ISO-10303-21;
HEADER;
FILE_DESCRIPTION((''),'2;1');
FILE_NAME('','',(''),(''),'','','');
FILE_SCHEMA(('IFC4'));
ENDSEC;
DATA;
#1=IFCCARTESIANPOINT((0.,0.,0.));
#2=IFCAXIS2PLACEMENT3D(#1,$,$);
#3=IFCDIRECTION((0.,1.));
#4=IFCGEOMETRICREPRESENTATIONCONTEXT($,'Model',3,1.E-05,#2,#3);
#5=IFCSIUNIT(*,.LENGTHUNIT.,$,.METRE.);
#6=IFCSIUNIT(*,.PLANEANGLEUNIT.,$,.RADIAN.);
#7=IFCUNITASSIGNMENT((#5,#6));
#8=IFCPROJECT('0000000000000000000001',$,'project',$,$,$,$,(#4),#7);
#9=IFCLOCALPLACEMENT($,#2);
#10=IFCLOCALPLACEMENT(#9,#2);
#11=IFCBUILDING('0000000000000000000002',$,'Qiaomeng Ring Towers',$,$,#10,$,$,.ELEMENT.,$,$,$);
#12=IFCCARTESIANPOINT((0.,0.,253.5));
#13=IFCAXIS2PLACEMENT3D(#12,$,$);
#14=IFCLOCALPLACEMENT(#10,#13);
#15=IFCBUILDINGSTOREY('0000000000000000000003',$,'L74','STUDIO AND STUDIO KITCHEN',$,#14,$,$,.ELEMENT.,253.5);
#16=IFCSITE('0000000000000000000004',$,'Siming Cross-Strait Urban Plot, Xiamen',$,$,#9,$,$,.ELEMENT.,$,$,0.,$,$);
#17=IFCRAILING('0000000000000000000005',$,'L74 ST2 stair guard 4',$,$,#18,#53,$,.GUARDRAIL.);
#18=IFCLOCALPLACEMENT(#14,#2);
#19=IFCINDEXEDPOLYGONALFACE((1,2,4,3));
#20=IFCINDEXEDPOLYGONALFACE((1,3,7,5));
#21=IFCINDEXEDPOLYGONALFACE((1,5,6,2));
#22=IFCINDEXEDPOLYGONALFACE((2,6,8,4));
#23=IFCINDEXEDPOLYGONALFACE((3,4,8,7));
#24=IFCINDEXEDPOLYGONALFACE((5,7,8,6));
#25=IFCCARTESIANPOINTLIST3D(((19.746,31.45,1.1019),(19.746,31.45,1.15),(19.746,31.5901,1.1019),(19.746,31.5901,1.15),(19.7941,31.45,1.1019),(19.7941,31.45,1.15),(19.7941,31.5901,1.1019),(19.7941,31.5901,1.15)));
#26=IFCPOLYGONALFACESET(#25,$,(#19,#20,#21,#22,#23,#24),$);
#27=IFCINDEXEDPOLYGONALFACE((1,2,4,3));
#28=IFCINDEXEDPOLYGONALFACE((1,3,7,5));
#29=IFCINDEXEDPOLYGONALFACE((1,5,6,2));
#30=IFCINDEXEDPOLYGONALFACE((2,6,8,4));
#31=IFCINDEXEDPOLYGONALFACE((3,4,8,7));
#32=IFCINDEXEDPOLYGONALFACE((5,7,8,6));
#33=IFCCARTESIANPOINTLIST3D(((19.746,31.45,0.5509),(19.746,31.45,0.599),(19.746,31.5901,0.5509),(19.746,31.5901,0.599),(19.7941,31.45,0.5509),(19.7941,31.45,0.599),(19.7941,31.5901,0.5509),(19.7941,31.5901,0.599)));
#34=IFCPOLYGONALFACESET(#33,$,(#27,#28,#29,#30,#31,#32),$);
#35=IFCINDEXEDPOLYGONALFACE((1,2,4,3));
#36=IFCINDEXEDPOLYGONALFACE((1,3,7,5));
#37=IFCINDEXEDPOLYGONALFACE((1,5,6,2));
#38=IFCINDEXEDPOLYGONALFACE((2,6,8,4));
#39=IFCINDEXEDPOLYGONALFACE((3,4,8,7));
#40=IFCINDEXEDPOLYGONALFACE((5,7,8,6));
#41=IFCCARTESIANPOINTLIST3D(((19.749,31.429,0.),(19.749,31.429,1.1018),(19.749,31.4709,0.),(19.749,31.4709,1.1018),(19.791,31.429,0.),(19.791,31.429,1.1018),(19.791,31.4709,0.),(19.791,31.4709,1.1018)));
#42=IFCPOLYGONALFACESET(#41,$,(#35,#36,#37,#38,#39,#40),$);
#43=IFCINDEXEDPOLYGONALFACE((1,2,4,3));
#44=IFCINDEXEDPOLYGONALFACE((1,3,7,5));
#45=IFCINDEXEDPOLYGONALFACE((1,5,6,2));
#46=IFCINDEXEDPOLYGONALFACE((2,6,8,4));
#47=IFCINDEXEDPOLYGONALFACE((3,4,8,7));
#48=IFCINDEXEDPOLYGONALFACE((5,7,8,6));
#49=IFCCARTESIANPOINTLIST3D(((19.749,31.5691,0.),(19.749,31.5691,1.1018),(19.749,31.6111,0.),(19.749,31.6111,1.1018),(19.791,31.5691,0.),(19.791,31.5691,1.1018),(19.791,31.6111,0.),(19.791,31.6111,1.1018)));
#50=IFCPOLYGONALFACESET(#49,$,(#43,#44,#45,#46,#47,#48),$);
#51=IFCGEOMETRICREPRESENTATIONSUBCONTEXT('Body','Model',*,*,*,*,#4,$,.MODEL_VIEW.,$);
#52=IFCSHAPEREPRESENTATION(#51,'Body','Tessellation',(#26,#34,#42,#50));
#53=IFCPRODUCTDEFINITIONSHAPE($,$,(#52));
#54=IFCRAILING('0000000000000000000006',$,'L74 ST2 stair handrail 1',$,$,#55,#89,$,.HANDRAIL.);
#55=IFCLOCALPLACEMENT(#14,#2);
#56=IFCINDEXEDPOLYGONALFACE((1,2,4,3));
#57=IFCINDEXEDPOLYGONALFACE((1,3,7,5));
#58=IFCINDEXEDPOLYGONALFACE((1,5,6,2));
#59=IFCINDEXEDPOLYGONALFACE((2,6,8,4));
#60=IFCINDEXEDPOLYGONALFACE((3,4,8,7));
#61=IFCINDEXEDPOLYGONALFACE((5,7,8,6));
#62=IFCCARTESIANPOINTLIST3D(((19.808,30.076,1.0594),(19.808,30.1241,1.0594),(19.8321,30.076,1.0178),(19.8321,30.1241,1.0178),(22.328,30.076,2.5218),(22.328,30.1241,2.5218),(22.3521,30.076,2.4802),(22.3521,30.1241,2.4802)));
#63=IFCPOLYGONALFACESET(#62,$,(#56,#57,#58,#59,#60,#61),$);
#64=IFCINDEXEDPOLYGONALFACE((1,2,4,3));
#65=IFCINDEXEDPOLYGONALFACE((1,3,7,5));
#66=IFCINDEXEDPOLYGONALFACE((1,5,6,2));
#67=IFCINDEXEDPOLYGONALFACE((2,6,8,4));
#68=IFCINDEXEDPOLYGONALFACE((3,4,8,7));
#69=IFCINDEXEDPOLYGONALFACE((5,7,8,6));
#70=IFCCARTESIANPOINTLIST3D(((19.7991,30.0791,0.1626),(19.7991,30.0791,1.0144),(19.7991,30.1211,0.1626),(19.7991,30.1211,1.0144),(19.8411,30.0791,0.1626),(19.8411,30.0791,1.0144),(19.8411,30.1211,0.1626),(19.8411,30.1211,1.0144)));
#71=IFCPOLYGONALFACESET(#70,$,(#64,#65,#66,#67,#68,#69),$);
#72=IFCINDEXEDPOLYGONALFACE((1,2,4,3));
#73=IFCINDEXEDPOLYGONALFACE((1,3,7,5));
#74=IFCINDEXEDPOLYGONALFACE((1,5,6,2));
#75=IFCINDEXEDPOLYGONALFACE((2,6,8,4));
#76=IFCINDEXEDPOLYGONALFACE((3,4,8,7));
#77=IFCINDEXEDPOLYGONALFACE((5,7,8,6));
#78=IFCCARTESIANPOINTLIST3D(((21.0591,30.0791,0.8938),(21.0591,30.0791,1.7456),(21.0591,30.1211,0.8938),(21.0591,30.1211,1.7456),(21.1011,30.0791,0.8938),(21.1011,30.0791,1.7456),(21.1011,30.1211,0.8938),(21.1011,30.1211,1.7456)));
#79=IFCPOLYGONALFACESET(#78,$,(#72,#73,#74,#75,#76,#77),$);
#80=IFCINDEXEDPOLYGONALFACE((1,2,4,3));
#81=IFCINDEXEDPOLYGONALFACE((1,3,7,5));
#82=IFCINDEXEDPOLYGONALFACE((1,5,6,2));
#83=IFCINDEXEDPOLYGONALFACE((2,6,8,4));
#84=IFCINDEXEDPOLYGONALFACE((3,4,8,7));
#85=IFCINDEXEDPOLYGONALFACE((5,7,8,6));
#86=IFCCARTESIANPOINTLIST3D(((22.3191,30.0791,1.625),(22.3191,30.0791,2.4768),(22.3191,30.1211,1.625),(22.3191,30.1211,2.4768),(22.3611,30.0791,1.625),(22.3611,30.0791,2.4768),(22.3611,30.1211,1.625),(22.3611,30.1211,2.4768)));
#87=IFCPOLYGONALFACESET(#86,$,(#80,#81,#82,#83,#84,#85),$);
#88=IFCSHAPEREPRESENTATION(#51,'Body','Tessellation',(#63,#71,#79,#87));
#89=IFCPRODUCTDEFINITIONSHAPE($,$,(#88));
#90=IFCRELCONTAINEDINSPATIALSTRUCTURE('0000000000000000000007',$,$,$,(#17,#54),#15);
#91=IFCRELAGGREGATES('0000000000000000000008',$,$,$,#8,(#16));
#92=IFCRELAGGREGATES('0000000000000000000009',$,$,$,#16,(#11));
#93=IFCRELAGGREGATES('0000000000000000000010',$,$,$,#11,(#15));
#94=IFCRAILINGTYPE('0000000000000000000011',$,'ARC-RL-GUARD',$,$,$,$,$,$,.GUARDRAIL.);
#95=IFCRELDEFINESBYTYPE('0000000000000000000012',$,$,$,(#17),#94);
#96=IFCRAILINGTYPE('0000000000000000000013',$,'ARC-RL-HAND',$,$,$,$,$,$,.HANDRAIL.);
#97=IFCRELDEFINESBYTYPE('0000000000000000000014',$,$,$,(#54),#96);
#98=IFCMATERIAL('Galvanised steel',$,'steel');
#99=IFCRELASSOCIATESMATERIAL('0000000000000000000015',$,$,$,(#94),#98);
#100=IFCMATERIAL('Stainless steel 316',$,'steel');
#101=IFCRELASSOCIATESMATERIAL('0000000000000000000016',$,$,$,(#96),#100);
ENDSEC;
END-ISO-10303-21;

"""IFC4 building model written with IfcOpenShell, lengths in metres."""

from ifc_helpers import new_model, si_unit, direction, frame, origin, origin_2d, place, context, subcontext, project, spatial, rectangle, extrude, material, type_object, element, save


model = new_model("IFC4")

# Units and contexts
model_context = context("Model", 3, precision=1e-05, world=origin(), true_north=direction((0.0, 1.0)))
body_context = subcontext(model_context, "Body", "Model", "MODEL_VIEW")
ifc_project = project(units=[si_unit("LENGTHUNIT", "METRE"), si_unit("PLANEANGLEUNIT", "RADIAN")], contexts=[model_context])

# Site, building, storey
site_placement = place(None, origin())
site = spatial("IfcSite", under=ifc_project, at=site_placement, Name="Siming Cross-Strait Urban Plot, Xiamen", CompositionType="ELEMENT", RefElevation=0.0)
building_placement = place(site_placement, origin())
building = spatial("IfcBuilding", under=site, at=building_placement, Name="Qiaomeng Ring Towers", CompositionType="ELEMENT")
storey_placement = place(building_placement, frame((0.0, 0.0, 253.5)))
storey = spatial("IfcBuildingStorey", under=building, at=storey_placement, Name="L74", Description="STUDIO AND STUDIO KITCHEN", CompositionType="ELEMENT", Elevation=253.5)

# Railings
ifc_material_1 = material(Name="Galvanised steel", Category="steel")
railing_type_1 = type_object("IfcRailingType", Name="ARC-RL-GUARD", PredefinedType="GUARDRAIL", material=ifc_material_1)
railing_1_placement = place(storey_placement, frame((19.77, 31.45, 0.0)))
element("IfcRailing", 1, at=railing_1_placement, inside=storey, type_object=railing_type_1, Name="L74 ST2 stair guard 4", PredefinedType="GUARDRAIL", context=body_context, shape_type="SweptSolid", body=[
    extrude(rectangle(XDim=0.0481, YDim=0.0481, at=origin_2d()), frame((0.0, 0.0, 1.126), z_axis=(0.0, 1.0, 0.0), x_axis=(-1.0, 0.0, 0.0)), (0.0, 0.0, 1.0), 0.1401),
    extrude(rectangle(XDim=0.0481, YDim=0.0481, at=origin_2d()), frame((0.0, 0.0, 0.575), z_axis=(0.0, 1.0, 0.0), x_axis=(-1.0, 0.0, 0.0)), (0.0, 0.0, 1.0), 0.1401),
    extrude(rectangle(XDim=0.042, YDim=0.042, at=origin_2d()), origin(), (0.0, 0.0, 1.0), 1.1018),
    extrude(rectangle(XDim=0.042, YDim=0.042, at=origin_2d()), frame((0.0, 0.1401, 0.0)), (0.0, 0.0, 1.0), 1.1018),
])
ifc_material_2 = material(Name="Stainless steel 316", Category="steel")
railing_type_2 = type_object("IfcRailingType", Name="ARC-RL-HAND", PredefinedType="HANDRAIL", material=ifc_material_2)
railing_2_placement = place(storey_placement, frame((19.8201, 30.1001, 0.1626)))
element("IfcRailing", 2, at=railing_2_placement, inside=storey, type_object=railing_type_2, Name="L74 ST2 stair handrail 1", PredefinedType="HANDRAIL", context=body_context, shape_type="SweptSolid", body=[
    extrude(rectangle(XDim=0.0481, YDim=0.0481, at=origin_2d()), frame((0.0, 0.0, 0.876), z_axis=(0.864913, 0.0, 0.501921), x_axis=(0.0, 1.0, 0.0)), (0.0, 0.0, 1.0), 2.9136),
    extrude(rectangle(XDim=0.042, YDim=0.042, at=origin_2d()), origin(), (0.0, 0.0, 1.0), 0.8518),
    extrude(rectangle(XDim=0.042, YDim=0.042, at=origin_2d()), frame((1.26, 0.0, 0.7312)), (0.0, 0.0, 1.0), 0.8518),
    extrude(rectangle(XDim=0.042, YDim=0.042, at=origin_2d()), frame((2.52, 0.0, 1.4624)), (0.0, 0.0, 1.0), 0.8518),
])

save(model, "model.ifc")
